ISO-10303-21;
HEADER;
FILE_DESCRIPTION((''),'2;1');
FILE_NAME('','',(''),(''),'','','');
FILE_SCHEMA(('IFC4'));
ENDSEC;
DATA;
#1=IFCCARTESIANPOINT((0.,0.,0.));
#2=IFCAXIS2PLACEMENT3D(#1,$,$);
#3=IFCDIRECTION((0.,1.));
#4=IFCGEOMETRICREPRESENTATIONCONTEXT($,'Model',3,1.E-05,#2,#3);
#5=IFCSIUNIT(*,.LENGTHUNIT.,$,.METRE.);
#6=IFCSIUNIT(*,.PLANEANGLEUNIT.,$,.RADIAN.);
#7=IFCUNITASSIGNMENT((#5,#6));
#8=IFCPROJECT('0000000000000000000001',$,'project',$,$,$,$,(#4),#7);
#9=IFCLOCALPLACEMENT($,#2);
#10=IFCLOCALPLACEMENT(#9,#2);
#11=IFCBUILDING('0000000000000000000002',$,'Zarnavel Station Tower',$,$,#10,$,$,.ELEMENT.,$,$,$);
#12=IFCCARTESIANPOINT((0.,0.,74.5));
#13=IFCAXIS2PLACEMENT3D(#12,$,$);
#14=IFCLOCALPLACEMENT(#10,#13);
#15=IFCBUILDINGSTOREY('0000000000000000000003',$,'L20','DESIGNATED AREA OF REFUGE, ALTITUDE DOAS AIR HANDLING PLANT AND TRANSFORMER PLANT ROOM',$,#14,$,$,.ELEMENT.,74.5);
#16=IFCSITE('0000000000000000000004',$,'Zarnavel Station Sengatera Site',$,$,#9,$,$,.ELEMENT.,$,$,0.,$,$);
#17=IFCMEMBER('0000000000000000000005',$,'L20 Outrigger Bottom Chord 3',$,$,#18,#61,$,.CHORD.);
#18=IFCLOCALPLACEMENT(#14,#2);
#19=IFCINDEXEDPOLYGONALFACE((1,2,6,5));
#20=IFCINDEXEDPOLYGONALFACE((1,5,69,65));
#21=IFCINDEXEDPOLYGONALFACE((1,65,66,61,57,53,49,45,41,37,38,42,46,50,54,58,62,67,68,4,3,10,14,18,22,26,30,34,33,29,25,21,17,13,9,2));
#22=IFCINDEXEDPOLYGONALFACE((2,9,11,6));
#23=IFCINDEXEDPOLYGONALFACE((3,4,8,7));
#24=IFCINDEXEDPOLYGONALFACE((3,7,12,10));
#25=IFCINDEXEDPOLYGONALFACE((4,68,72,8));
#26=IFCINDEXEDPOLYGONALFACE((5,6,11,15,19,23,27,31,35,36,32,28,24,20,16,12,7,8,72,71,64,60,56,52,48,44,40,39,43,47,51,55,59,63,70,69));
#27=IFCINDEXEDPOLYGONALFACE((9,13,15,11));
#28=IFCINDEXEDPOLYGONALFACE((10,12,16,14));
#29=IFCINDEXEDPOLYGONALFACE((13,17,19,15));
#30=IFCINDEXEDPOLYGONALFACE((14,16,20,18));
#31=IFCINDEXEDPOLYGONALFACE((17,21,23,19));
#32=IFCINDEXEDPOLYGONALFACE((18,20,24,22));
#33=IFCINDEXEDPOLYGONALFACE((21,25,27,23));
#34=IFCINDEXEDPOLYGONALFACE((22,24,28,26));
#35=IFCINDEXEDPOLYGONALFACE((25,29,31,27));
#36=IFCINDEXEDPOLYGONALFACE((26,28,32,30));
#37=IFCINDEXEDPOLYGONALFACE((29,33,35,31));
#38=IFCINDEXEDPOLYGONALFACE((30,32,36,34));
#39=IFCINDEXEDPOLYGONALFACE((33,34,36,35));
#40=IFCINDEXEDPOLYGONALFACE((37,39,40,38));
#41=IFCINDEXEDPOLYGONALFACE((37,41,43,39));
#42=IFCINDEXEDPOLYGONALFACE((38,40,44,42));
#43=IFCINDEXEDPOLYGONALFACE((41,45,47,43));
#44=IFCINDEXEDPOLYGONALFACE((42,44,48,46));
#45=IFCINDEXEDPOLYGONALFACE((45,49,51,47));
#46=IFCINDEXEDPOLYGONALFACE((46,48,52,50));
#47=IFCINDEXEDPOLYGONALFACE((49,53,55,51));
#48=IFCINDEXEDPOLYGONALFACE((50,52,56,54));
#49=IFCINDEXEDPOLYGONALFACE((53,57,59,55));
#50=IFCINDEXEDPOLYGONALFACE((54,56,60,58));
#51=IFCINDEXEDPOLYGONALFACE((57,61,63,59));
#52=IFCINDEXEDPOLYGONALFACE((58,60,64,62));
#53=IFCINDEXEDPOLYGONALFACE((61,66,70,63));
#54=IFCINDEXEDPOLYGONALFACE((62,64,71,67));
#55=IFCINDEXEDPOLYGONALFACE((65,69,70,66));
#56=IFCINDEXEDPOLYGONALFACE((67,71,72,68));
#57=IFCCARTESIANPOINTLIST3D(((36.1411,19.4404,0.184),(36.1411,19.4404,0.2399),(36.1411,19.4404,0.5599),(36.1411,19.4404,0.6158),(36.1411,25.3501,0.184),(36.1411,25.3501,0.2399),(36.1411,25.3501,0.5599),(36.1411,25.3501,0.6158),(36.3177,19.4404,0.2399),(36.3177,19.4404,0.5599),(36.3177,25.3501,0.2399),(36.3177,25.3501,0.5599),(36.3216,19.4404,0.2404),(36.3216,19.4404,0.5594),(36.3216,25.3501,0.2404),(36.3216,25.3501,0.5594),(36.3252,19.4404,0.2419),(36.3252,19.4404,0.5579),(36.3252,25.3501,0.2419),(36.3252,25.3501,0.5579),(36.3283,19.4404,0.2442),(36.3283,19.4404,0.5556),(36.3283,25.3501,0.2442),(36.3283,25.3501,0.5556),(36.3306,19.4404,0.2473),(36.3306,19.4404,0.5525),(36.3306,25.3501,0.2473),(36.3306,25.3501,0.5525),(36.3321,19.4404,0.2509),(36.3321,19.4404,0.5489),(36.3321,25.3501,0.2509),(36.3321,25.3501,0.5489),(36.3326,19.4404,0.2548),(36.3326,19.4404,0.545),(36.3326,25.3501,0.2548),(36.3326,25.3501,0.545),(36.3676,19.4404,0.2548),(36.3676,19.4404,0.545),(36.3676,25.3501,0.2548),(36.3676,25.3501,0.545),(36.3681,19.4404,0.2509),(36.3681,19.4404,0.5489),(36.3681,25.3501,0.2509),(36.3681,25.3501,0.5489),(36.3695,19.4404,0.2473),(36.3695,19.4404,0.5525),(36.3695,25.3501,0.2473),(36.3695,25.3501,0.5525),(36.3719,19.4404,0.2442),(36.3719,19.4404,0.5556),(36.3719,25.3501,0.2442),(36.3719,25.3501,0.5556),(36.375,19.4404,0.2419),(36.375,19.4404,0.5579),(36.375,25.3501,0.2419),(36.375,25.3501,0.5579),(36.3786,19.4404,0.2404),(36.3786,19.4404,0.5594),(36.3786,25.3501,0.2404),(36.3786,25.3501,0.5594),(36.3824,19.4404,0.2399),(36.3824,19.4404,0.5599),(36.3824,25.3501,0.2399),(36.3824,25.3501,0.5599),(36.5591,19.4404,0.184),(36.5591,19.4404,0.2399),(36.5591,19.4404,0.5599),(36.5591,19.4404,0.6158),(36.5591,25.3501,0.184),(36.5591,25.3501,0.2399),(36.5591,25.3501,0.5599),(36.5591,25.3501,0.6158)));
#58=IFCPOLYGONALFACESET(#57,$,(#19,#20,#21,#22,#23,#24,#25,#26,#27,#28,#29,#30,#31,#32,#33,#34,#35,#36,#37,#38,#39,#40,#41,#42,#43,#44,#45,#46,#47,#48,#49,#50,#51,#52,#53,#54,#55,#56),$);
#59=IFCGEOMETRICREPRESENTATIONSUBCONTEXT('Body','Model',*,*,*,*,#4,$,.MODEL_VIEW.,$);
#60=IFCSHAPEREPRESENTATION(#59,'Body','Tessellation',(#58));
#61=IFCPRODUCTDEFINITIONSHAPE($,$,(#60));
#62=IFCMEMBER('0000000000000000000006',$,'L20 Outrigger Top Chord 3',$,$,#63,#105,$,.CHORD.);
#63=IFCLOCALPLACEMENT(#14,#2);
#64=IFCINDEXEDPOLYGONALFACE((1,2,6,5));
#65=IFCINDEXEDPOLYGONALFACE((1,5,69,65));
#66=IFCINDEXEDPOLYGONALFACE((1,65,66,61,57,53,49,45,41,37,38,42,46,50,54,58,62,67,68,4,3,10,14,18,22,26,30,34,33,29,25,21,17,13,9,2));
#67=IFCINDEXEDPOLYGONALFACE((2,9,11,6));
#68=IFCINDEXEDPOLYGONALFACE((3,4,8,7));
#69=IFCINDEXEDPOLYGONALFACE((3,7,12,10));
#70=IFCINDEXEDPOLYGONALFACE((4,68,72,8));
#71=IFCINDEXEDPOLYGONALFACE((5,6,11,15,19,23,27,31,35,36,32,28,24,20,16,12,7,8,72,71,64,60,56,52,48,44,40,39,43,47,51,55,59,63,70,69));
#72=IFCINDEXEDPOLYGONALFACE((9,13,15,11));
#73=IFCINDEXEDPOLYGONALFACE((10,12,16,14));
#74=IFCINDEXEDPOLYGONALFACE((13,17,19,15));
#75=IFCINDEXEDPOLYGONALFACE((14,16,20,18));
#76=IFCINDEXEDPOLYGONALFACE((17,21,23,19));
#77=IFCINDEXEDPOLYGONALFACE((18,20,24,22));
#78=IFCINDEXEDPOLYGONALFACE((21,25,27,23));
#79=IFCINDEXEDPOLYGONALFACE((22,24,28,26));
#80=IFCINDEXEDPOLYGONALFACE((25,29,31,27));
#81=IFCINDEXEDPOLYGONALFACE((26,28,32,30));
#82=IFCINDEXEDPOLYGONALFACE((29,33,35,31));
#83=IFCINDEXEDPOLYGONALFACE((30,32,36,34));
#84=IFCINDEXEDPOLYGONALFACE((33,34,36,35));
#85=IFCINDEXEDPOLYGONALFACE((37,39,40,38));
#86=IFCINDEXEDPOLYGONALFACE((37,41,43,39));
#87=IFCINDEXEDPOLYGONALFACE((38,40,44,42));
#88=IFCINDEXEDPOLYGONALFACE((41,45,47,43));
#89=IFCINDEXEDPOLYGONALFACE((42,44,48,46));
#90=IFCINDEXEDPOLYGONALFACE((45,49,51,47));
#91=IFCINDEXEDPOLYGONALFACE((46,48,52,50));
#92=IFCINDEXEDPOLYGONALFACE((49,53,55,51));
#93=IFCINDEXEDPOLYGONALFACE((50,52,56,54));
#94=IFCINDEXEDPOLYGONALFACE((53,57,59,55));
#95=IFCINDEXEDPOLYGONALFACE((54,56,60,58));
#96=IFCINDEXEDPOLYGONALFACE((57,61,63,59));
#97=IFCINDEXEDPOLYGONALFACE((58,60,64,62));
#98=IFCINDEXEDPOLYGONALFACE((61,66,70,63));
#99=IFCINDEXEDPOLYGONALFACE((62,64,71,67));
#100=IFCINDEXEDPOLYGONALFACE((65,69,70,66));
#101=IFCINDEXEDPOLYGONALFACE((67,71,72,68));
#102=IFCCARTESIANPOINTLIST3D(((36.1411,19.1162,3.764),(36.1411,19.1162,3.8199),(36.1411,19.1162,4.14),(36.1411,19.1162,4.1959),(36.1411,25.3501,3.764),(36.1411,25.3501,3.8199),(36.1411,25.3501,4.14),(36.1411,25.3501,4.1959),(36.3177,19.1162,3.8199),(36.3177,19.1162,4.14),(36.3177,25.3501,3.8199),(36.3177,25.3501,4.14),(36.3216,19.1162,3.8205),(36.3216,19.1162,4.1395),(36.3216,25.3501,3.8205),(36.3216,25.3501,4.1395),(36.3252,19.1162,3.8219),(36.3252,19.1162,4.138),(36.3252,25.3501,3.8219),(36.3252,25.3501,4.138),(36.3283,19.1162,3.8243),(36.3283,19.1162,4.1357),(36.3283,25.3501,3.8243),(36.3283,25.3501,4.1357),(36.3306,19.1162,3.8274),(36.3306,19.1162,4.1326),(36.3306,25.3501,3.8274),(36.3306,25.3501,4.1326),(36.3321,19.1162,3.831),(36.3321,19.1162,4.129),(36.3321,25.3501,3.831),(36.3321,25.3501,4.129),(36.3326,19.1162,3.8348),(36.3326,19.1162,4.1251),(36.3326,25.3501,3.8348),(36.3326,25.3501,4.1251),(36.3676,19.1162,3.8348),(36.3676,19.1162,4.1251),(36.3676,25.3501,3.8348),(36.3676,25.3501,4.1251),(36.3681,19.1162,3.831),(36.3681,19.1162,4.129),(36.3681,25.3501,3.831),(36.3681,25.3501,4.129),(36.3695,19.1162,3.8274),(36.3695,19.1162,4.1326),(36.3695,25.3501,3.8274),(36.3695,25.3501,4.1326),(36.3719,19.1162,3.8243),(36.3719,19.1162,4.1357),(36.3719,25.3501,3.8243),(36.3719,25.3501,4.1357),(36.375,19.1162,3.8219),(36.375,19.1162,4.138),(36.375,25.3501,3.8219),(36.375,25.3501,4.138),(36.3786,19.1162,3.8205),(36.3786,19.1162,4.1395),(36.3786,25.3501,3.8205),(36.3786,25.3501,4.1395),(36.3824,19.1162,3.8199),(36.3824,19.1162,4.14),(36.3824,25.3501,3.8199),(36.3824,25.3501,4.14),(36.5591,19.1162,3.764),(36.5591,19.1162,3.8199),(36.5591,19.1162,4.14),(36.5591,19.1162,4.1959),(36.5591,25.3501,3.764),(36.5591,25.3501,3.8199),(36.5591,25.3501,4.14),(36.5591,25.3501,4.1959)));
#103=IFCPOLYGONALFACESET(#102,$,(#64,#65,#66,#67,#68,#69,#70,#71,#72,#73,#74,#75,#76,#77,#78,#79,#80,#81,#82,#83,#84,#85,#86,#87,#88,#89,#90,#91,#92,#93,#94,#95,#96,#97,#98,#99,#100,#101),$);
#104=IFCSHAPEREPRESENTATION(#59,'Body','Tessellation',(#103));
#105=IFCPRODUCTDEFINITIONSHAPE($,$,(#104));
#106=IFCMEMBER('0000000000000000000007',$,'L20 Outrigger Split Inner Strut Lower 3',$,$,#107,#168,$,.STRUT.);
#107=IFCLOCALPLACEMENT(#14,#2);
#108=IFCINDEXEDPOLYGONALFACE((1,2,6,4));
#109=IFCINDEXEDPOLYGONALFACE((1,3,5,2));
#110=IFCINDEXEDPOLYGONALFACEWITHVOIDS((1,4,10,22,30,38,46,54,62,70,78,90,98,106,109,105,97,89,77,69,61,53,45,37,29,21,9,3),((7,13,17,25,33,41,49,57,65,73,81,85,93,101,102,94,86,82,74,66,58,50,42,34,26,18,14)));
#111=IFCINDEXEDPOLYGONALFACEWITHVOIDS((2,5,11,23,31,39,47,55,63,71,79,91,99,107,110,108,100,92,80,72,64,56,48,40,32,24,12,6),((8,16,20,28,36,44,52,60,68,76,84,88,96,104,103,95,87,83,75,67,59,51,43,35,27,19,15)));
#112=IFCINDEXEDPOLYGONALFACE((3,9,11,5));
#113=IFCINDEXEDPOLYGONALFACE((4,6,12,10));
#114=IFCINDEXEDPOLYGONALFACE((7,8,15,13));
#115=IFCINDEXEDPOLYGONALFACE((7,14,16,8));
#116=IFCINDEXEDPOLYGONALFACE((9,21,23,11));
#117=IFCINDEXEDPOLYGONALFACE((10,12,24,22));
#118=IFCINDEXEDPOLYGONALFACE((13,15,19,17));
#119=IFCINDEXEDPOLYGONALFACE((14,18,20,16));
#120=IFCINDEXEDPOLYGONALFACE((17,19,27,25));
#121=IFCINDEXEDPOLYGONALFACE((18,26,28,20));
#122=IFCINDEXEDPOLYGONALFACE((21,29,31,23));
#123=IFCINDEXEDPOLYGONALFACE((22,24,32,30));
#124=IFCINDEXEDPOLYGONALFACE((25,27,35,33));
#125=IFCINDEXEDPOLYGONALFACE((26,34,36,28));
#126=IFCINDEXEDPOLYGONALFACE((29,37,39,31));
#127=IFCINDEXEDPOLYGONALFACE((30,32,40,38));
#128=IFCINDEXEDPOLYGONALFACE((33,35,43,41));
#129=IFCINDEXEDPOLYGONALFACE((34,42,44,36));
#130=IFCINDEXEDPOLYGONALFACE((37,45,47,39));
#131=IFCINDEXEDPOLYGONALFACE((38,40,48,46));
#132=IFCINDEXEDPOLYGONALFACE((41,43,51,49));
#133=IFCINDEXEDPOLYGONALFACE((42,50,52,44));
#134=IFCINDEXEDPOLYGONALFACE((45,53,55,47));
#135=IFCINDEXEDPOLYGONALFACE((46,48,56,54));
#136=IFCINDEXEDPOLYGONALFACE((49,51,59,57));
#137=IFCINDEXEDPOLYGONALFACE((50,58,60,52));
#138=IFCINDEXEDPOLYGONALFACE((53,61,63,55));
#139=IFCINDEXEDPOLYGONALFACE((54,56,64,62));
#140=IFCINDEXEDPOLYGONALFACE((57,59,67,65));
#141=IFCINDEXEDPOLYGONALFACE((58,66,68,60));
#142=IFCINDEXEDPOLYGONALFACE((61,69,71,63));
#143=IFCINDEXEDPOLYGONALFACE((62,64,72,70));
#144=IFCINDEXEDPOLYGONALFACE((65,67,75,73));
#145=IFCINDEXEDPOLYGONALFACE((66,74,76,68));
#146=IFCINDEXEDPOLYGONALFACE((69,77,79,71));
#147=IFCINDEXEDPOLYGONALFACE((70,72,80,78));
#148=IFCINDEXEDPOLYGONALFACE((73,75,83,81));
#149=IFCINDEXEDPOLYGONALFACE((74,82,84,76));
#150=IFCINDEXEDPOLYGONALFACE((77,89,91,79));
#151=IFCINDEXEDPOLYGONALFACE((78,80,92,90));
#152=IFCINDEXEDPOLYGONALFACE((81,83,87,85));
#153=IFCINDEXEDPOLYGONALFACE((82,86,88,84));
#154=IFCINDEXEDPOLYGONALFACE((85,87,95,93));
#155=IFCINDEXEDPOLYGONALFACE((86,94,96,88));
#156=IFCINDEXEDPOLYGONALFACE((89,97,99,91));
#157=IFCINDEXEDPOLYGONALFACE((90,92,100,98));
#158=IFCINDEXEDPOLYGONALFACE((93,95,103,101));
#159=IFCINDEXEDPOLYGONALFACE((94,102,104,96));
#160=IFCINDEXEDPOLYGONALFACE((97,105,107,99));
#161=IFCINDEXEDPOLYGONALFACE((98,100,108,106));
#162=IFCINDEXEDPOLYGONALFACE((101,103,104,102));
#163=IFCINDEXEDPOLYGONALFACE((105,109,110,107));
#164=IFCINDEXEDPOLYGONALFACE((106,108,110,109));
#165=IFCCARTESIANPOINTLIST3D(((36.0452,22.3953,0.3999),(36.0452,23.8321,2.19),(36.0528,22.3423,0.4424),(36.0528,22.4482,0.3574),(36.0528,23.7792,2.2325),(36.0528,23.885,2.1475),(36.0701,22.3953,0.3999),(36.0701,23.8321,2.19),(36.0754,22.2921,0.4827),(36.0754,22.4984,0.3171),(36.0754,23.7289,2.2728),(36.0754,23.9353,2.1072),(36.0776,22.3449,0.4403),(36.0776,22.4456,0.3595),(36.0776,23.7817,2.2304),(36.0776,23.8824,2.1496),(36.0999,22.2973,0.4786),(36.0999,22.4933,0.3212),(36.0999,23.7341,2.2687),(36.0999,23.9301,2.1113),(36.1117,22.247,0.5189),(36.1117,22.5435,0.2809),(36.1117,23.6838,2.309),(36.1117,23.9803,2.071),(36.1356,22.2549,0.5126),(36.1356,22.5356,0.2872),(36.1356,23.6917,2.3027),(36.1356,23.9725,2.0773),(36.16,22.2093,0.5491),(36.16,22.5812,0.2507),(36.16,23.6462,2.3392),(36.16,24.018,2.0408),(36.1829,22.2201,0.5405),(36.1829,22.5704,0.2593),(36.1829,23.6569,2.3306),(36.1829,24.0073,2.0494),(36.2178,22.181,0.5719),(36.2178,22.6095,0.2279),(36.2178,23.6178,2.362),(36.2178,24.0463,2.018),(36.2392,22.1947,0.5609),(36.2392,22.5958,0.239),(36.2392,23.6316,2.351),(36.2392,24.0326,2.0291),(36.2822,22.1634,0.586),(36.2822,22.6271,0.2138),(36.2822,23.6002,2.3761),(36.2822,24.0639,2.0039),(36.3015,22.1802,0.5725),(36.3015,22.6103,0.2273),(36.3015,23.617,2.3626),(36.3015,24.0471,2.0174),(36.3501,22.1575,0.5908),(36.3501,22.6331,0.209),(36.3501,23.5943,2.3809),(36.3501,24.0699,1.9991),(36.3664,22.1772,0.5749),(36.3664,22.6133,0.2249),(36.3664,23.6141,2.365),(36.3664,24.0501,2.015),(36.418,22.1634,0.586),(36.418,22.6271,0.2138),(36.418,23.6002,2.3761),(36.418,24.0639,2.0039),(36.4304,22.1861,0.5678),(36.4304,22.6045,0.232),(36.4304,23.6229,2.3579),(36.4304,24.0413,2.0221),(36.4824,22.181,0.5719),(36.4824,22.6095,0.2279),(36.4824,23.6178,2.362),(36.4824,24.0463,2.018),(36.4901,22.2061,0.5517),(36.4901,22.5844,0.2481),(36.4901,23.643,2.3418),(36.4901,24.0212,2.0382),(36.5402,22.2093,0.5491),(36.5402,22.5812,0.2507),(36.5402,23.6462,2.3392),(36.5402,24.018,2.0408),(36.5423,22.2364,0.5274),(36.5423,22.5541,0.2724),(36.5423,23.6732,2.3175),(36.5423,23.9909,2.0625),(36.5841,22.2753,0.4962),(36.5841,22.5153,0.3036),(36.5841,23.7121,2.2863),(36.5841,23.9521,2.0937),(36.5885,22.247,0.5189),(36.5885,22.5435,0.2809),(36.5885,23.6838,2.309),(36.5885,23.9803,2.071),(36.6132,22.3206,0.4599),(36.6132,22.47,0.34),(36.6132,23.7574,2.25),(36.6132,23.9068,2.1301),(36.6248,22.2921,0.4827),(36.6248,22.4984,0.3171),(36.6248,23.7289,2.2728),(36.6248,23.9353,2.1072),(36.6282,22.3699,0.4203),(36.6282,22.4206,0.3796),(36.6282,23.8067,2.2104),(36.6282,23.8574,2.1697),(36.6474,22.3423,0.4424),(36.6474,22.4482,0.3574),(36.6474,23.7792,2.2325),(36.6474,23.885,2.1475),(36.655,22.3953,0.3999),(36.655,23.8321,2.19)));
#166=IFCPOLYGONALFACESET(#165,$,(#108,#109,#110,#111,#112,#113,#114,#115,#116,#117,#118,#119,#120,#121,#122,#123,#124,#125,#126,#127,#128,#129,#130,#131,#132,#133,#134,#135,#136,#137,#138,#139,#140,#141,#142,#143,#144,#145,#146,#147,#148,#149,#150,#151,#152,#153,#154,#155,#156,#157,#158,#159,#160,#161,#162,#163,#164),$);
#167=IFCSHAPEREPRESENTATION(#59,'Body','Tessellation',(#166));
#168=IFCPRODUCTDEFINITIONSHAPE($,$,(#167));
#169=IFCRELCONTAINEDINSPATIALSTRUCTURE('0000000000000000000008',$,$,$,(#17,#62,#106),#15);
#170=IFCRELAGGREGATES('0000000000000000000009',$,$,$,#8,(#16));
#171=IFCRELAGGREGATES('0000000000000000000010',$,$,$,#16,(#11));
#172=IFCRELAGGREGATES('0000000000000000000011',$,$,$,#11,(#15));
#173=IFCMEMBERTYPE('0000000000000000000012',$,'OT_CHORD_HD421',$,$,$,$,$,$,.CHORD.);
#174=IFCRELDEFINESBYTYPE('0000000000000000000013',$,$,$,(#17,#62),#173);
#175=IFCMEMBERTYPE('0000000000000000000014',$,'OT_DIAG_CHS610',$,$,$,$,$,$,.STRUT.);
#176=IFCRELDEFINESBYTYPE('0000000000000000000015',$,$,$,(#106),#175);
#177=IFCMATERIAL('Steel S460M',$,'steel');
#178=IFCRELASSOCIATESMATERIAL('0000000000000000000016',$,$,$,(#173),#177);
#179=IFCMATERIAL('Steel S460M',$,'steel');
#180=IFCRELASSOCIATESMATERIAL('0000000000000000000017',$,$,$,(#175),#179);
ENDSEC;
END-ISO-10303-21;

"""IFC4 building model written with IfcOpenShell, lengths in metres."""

from ifc_helpers import new_model, si_unit, direction, frame, origin, origin_2d, place, context, subcontext, project, spatial, hollow_circle, i_section, extrude, material, material_profile, profile_set, type_object, element, save


model = new_model("IFC4")

# Units and contexts
model_context = context("Model", 3, precision=1e-05, world=origin(), true_north=direction((0.0, 1.0)))
body_context = subcontext(model_context, "Body", "Model", "MODEL_VIEW")
ifc_project = project(units=[si_unit("LENGTHUNIT", "METRE"), si_unit("PLANEANGLEUNIT", "RADIAN")], contexts=[model_context])

# Site, building, storey
site_placement = place(None, origin())
site = spatial("IfcSite", under=ifc_project, at=site_placement, Name="Zarnavel Station Sengatera Site", CompositionType="ELEMENT", RefElevation=0.0)
building_placement = place(site_placement, origin())
building = spatial("IfcBuilding", under=site, at=building_placement, Name="Zarnavel Station Tower", CompositionType="ELEMENT")
storey_placement = place(building_placement, frame((0.0, 0.0, 74.5)))
storey = spatial("IfcBuildingStorey", under=building, at=storey_placement, Name="L20", Description="DESIGNATED AREA OF REFUGE, ALTITUDE DOAS AIR HANDLING PLANT AND TRANSFORMER PLANT ROOM", CompositionType="ELEMENT", Elevation=74.5)

# Members
ifc_material_1 = material(Name="Steel S460M", Category="steel")
ifc_material_profile_1 = material_profile(ifc_material_1, i_section(OverallWidth=0.418, OverallDepth=0.4319, WebThickness=0.0349, FlangeThickness=0.0559, FilletRadius=0.0149, at=origin_2d()), Name="HD400x421")
ifc_profile_set_1 = profile_set([ifc_material_profile_1], Name="Steel S460M")
member_type_1 = type_object("IfcMemberType", Name="OT_CHORD_HD421", PredefinedType="CHORD", material=ifc_profile_set_1)
member_1_placement = place(storey_placement, frame((36.3501, 19.4404, 0.3999), z_axis=(0.0, 1.0, 0.0), x_axis=(-1.0, 0.0, 0.0)))
element("IfcMember", 1, at=member_1_placement, inside=storey, type_object=member_type_1, Name="L20 Outrigger Bottom Chord 3", PredefinedType="CHORD", context=body_context, shape_type="SweptSolid", body=[
    extrude(i_section(OverallWidth=0.418, OverallDepth=0.4319, WebThickness=0.0349, FlangeThickness=0.0559, FilletRadius=0.0149, at=origin_2d()), origin(), (0.0, 0.0, 1.0), 5.9097),
])
member_2_placement = place(storey_placement, frame((36.3501, 19.1162, 3.98), z_axis=(0.0, 1.0, 0.0), x_axis=(-1.0, 0.0, 0.0)))
element("IfcMember", 2, at=member_2_placement, inside=storey, type_object=member_type_1, Name="L20 Outrigger Top Chord 3", PredefinedType="CHORD", context=body_context, shape_type="SweptSolid", body=[
    extrude(i_section(OverallWidth=0.418, OverallDepth=0.4319, WebThickness=0.0349, FlangeThickness=0.0559, FilletRadius=0.0149, at=origin_2d()), origin(), (0.0, 0.0, 1.0), 6.2339),
])
ifc_material_2 = material(Name="Steel S460M", Category="steel")
ifc_material_profile_2 = material_profile(ifc_material_2, hollow_circle(Radius=0.3049, WallThickness=0.0249, at=origin_2d()), Name="CHS610x25")
ifc_profile_set_2 = profile_set([ifc_material_profile_2], Name="Steel S460M")
member_type_2 = type_object("IfcMemberType", Name="OT_DIAG_CHS610", PredefinedType="STRUT", material=ifc_profile_set_2)
member_3_placement = place(storey_placement, frame((36.3501, 22.3953, 0.3999), z_axis=(0.0, 0.625952, 0.779861), x_axis=(-1.0, 0.0, 0.0)))
element("IfcMember", 3, at=member_3_placement, inside=storey, type_object=member_type_2, Name="L20 Outrigger Split Inner Strut Lower 3", PredefinedType="STRUT", context=body_context, shape_type="SweptSolid", body=[
    extrude(hollow_circle(Radius=0.3049, WallThickness=0.0249, at=origin_2d()), origin(), (0.0, 0.0, 1.0), 2.2954),
])

save(model, "model.ifc")
